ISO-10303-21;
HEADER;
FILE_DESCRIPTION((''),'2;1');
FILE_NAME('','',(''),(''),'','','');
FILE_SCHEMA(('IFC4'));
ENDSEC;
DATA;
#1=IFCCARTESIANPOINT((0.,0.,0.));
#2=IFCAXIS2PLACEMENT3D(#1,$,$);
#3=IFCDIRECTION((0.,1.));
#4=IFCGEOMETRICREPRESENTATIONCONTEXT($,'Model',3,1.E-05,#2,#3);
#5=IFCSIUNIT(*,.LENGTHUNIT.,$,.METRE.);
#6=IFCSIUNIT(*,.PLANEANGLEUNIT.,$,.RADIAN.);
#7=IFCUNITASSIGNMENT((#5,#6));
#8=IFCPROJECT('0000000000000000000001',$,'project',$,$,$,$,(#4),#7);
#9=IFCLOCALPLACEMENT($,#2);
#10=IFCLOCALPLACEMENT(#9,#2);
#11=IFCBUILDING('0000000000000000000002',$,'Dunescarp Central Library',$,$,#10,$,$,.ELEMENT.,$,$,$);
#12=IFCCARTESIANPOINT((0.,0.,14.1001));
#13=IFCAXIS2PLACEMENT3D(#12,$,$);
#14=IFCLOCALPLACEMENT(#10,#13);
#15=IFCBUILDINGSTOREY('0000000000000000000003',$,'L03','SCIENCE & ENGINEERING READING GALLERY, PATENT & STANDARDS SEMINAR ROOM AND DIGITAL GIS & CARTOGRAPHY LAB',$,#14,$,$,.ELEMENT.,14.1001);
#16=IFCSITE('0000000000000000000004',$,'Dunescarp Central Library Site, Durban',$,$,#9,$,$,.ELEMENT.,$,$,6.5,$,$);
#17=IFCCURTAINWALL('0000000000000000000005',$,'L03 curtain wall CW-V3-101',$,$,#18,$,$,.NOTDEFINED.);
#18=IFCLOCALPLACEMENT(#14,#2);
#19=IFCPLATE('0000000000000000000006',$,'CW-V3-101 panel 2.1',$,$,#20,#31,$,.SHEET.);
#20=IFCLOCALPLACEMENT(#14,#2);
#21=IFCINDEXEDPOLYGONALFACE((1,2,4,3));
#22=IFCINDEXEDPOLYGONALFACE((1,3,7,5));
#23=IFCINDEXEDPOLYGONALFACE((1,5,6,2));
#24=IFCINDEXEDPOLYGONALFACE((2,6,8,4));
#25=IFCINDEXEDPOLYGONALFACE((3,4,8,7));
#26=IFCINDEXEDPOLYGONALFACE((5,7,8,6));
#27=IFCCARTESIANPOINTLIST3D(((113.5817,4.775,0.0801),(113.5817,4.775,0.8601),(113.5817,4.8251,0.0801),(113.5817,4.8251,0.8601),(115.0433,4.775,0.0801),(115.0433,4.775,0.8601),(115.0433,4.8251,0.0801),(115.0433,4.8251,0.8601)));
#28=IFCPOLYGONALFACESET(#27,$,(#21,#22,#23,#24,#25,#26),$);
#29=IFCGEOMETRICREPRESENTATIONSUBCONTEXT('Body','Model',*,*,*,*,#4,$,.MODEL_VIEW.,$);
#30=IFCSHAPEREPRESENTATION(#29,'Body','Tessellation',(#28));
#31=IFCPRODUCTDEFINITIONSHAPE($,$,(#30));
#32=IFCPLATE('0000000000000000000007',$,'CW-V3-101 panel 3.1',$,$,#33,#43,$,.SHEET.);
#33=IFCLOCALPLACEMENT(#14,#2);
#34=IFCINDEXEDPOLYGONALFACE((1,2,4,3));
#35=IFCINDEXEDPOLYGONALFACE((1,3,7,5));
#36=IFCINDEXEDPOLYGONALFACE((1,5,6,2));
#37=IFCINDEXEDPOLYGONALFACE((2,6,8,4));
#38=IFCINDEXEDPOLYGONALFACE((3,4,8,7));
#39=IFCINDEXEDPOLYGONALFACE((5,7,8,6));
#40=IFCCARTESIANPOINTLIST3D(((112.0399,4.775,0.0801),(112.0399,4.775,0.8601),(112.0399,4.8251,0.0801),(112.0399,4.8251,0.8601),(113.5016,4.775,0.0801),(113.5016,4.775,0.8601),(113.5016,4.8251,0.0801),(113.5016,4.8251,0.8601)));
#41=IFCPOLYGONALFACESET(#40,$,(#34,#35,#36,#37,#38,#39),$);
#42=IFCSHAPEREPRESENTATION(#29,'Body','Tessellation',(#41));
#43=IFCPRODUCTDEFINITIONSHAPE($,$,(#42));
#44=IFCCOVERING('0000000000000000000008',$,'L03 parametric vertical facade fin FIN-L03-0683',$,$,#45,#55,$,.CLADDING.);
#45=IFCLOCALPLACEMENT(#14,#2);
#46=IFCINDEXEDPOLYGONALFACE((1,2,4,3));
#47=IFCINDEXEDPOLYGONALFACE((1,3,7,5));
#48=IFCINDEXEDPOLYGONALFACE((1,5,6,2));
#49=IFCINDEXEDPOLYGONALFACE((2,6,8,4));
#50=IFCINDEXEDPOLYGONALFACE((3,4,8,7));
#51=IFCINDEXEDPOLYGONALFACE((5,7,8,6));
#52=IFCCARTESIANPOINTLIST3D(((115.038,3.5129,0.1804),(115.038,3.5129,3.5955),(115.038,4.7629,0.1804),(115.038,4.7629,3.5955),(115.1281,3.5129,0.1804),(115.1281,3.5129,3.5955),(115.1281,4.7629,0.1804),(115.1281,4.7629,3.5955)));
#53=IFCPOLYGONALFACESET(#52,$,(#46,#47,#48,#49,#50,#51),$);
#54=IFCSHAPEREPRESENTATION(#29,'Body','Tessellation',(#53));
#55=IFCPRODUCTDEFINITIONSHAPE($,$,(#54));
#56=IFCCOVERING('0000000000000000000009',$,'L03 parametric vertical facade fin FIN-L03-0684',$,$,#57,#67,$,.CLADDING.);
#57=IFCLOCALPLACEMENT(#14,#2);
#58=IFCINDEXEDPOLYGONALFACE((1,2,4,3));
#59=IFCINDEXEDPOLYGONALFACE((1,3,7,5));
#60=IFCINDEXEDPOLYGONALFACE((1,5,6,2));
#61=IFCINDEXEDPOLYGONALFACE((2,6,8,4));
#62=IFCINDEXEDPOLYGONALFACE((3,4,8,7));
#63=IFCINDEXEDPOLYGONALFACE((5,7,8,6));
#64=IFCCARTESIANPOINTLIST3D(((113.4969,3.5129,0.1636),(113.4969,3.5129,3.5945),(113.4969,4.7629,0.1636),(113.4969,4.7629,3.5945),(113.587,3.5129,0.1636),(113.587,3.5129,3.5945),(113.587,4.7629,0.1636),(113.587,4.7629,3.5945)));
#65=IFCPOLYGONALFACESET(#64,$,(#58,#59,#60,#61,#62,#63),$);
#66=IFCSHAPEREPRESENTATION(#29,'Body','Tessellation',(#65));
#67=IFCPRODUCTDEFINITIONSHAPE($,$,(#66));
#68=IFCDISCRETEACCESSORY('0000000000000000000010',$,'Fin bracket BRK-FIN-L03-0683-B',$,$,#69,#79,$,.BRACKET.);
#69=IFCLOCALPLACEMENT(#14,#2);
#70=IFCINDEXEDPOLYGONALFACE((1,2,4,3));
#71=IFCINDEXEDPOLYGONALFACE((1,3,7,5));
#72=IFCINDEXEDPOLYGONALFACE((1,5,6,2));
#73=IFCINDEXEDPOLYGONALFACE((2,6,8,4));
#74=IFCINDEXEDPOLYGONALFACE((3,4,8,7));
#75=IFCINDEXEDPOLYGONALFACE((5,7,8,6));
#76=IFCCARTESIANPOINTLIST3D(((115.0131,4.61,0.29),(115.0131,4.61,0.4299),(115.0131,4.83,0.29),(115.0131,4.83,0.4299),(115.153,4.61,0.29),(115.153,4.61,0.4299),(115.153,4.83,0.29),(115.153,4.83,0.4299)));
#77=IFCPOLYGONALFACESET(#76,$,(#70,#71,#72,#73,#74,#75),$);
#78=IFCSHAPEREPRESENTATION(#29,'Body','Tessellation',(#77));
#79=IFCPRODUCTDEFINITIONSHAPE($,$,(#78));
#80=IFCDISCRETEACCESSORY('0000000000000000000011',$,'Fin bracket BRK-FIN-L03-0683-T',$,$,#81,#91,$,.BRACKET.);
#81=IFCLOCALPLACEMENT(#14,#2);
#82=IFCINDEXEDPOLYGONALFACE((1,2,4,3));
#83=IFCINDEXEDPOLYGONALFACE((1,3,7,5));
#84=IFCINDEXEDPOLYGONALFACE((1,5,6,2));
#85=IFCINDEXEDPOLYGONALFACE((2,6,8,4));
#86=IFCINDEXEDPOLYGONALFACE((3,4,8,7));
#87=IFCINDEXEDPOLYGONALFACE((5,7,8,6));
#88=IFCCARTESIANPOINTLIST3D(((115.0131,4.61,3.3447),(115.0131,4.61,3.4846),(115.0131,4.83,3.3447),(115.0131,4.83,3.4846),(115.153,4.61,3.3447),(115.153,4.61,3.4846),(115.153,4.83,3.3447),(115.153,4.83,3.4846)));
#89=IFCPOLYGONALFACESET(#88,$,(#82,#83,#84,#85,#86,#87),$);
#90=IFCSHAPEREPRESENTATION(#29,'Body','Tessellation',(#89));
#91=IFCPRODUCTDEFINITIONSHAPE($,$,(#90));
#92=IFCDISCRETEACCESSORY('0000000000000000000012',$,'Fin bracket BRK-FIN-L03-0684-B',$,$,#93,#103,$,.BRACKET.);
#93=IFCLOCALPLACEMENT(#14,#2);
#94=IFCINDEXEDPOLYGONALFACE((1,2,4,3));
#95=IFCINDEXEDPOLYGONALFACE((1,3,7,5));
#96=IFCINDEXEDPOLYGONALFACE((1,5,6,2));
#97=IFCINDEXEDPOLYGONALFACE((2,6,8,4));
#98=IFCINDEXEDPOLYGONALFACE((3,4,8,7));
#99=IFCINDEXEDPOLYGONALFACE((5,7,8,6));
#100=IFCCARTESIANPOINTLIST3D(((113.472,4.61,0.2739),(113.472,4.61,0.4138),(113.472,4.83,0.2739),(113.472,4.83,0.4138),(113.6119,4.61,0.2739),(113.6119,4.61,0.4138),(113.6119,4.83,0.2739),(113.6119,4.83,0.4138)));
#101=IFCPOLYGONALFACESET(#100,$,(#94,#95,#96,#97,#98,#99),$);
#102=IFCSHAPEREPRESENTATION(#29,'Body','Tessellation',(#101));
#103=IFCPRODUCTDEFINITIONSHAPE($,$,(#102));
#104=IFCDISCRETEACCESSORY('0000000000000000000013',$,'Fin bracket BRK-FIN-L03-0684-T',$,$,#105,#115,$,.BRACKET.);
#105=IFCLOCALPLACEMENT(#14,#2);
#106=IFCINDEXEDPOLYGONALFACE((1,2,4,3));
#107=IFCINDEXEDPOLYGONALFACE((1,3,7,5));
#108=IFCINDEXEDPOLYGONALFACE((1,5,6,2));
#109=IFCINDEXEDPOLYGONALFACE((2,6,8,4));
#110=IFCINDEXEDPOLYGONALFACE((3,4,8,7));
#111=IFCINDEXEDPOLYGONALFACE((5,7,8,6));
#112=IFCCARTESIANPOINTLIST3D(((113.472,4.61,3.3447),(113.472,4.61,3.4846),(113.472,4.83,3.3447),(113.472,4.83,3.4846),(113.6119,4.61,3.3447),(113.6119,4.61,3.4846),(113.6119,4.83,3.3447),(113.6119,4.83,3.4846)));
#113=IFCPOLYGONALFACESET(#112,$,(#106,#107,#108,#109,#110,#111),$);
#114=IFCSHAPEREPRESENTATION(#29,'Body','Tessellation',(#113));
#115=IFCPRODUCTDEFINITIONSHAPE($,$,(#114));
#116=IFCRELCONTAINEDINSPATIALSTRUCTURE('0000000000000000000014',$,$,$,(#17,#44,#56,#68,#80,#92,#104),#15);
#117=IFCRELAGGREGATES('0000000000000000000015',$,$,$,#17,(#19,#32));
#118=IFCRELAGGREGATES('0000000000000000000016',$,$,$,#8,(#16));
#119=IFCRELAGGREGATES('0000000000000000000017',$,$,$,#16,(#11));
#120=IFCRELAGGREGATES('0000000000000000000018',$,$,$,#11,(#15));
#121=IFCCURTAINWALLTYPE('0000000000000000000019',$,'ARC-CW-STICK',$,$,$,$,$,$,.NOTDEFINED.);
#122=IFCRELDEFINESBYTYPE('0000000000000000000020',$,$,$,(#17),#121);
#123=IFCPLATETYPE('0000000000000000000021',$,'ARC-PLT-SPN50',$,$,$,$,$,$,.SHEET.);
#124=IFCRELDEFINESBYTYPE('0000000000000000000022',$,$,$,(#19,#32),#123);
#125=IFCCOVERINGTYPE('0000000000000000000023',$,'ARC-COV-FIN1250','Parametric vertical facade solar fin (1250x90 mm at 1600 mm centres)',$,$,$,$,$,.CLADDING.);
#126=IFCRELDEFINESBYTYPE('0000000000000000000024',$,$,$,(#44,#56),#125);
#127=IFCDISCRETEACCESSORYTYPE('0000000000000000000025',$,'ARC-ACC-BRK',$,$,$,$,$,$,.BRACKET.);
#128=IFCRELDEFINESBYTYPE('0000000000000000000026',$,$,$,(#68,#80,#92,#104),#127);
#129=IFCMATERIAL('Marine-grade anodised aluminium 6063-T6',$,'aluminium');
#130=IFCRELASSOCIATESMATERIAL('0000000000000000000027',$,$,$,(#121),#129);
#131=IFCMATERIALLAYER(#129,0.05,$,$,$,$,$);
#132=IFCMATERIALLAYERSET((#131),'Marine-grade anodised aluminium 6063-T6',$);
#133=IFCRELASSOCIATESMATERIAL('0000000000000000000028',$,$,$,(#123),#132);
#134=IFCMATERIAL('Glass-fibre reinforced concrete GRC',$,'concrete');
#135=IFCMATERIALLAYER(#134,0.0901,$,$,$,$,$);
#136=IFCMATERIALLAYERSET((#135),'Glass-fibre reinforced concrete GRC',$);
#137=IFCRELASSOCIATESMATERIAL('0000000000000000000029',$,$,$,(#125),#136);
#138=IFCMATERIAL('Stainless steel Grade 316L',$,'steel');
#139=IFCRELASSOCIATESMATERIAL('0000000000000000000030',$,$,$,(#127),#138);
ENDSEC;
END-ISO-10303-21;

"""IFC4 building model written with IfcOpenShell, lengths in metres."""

from ifc_helpers import new_model, si_unit, direction, frame, origin, origin_2d, place, context, subcontext, project, spatial, rectangle, extrude, material, layer, layer_set, type_object, element, aggregate, save


model = new_model("IFC4")

# Units and contexts
model_context = context("Model", 3, precision=1e-05, world=origin(), true_north=direction((0.0, 1.0)))
body_context = subcontext(model_context, "Body", "Model", "MODEL_VIEW")
ifc_project = project(units=[si_unit("LENGTHUNIT", "METRE"), si_unit("PLANEANGLEUNIT", "RADIAN")], contexts=[model_context])

# Site, building, storey
site_placement = place(None, origin())
site = spatial("IfcSite", under=ifc_project, at=site_placement, Name="Dunescarp Central Library Site, Durban", CompositionType="ELEMENT", RefElevation=6.5)
building_placement = place(site_placement, origin())
building = spatial("IfcBuilding", under=site, at=building_placement, Name="Dunescarp Central Library", CompositionType="ELEMENT")
storey_placement = place(building_placement, frame((0.0, 0.0, 14.1001)))
storey = spatial("IfcBuildingStorey", under=building, at=storey_placement, Name="L03", Description="SCIENCE & ENGINEERING READING GALLERY, PATENT & STANDARDS SEMINAR ROOM AND DIGITAL GIS & CARTOGRAPHY LAB", CompositionType="ELEMENT", Elevation=14.1001)

# Curtain wall
ifc_material_1 = material(Name="Marine-grade anodised aluminium 6063-T6", Category="aluminium")
curtain_wall_type = type_object("IfcCurtainWallType", Name="ARC-CW-STICK", PredefinedType="NOTDEFINED", material=ifc_material_1)
curtain_wall_placement = place(storey_placement, origin())
curtain_wall = element("IfcCurtainWall", 1, at=curtain_wall_placement, inside=storey, type_object=curtain_wall_type, Name="L03 curtain wall CW-V3-101", PredefinedType="NOTDEFINED")

# Plates
ifc_layer_1 = layer(ifc_material_1, 0.05)
ifc_layer_set_1 = layer_set([ifc_layer_1], Name="Marine-grade anodised aluminium 6063-T6")
plate_type_1 = type_object("IfcPlateType", Name="ARC-PLT-SPN50", PredefinedType="SHEET", material=ifc_layer_set_1)
plate_1_placement = place(storey_placement, frame((114.3125, 4.8, 0.0801), z_axis=(0.0, 0.0, 1.0), x_axis=(-1.0, 0.0, 0.0)))
plate_1 = element("IfcPlate", 2, at=plate_1_placement, type_object=plate_type_1, Name="CW-V3-101 panel 2.1", PredefinedType="SHEET", context=body_context, shape_type="SweptSolid", body=[
    extrude(rectangle(XDim=1.4617, YDim=0.05, at=origin_2d()), origin(), (0.0, 0.0, 1.0), 0.78),
])
plate_2_placement = place(storey_placement, frame((112.7708, 4.8, 0.0801), z_axis=(0.0, 0.0, 1.0), x_axis=(-1.0, 0.0, 0.0)))
plate_2 = element("IfcPlate", 3, at=plate_2_placement, type_object=plate_type_1, Name="CW-V3-101 panel 3.1", PredefinedType="SHEET", context=body_context, shape_type="SweptSolid", body=[
    extrude(rectangle(XDim=1.4617, YDim=0.05, at=origin_2d()), origin(), (0.0, 0.0, 1.0), 0.78),
])
aggregate(curtain_wall, [plate_1, plate_2])

# Coverings
ifc_material_2 = material(Name="Glass-fibre reinforced concrete GRC", Category="concrete")
ifc_layer_2 = layer(ifc_material_2, 0.0901)
ifc_layer_set_2 = layer_set([ifc_layer_2], Name="Glass-fibre reinforced concrete GRC")
covering_type = type_object("IfcCoveringType", Name="ARC-COV-FIN1250", Description="Parametric vertical facade solar fin (1250x90 mm at 1600 mm centres)", PredefinedType="CLADDING", material=ifc_layer_set_2)
covering_1_placement = place(storey_placement, frame((115.083, 4.1379, 0.1804), z_axis=(0.0, 0.0, 1.0), x_axis=(0.0, -1.0, 0.0)))
element("IfcCovering", 4, at=covering_1_placement, inside=storey, type_object=covering_type, Name="L03 parametric vertical facade fin FIN-L03-0683", PredefinedType="CLADDING", context=body_context, shape_type="SweptSolid", body=[
    extrude(rectangle(XDim=1.25, YDim=0.0901, at=origin_2d()), origin(), (0.0, 0.0, 1.0), 3.415),
])
covering_2_placement = place(storey_placement, frame((113.542, 4.1379, 0.1636), z_axis=(0.0, 0.0, 1.0), x_axis=(0.0, -1.0, 0.0)))
element("IfcCovering", 5, at=covering_2_placement, inside=storey, type_object=covering_type, Name="L03 parametric vertical facade fin FIN-L03-0684", PredefinedType="CLADDING", context=body_context, shape_type="SweptSolid", body=[
    extrude(rectangle(XDim=1.25, YDim=0.0901, at=origin_2d()), origin(), (0.0, 0.0, 1.0), 3.4309),
])

# Discrete accessories
ifc_material_3 = material(Name="Stainless steel Grade 316L", Category="steel")
discrete_accessory_type = type_object("IfcDiscreteAccessoryType", Name="ARC-ACC-BRK", PredefinedType="BRACKET", material=ifc_material_3)
for number, where, z_axis, x_axis, name in (
    (6, (115.083, 4.72, 0.29), (0.0, 0.0, 1.0), (0.0, -1.0, 0.0), "Fin bracket BRK-FIN-L03-0683-B"),
    (7, (115.083, 4.72, 3.3447), (0.0, 0.0, 1.0), (0.0, -1.0, 0.0), "Fin bracket BRK-FIN-L03-0683-T"),
    (8, (113.542, 4.72, 0.2739), (0.0, 0.0, 1.0), (0.0, -1.0, 0.0), "Fin bracket BRK-FIN-L03-0684-B"),
    (9, (113.542, 4.72, 3.3447), (0.0, 0.0, 1.0), (0.0, -1.0, 0.0), "Fin bracket BRK-FIN-L03-0684-T"),
):
    element("IfcDiscreteAccessory", number, at=place(storey_placement, frame(where, z_axis=z_axis, x_axis=x_axis)), inside=storey, type_object=discrete_accessory_type, Name=name, PredefinedType="BRACKET", context=body_context, shape_type="SweptSolid", body=[
        extrude(rectangle(XDim=0.22, YDim=0.1399, at=origin_2d()), origin(), (0.0, 0.0, 1.0), 0.1399),
    ])

save(model, "model.ifc")
